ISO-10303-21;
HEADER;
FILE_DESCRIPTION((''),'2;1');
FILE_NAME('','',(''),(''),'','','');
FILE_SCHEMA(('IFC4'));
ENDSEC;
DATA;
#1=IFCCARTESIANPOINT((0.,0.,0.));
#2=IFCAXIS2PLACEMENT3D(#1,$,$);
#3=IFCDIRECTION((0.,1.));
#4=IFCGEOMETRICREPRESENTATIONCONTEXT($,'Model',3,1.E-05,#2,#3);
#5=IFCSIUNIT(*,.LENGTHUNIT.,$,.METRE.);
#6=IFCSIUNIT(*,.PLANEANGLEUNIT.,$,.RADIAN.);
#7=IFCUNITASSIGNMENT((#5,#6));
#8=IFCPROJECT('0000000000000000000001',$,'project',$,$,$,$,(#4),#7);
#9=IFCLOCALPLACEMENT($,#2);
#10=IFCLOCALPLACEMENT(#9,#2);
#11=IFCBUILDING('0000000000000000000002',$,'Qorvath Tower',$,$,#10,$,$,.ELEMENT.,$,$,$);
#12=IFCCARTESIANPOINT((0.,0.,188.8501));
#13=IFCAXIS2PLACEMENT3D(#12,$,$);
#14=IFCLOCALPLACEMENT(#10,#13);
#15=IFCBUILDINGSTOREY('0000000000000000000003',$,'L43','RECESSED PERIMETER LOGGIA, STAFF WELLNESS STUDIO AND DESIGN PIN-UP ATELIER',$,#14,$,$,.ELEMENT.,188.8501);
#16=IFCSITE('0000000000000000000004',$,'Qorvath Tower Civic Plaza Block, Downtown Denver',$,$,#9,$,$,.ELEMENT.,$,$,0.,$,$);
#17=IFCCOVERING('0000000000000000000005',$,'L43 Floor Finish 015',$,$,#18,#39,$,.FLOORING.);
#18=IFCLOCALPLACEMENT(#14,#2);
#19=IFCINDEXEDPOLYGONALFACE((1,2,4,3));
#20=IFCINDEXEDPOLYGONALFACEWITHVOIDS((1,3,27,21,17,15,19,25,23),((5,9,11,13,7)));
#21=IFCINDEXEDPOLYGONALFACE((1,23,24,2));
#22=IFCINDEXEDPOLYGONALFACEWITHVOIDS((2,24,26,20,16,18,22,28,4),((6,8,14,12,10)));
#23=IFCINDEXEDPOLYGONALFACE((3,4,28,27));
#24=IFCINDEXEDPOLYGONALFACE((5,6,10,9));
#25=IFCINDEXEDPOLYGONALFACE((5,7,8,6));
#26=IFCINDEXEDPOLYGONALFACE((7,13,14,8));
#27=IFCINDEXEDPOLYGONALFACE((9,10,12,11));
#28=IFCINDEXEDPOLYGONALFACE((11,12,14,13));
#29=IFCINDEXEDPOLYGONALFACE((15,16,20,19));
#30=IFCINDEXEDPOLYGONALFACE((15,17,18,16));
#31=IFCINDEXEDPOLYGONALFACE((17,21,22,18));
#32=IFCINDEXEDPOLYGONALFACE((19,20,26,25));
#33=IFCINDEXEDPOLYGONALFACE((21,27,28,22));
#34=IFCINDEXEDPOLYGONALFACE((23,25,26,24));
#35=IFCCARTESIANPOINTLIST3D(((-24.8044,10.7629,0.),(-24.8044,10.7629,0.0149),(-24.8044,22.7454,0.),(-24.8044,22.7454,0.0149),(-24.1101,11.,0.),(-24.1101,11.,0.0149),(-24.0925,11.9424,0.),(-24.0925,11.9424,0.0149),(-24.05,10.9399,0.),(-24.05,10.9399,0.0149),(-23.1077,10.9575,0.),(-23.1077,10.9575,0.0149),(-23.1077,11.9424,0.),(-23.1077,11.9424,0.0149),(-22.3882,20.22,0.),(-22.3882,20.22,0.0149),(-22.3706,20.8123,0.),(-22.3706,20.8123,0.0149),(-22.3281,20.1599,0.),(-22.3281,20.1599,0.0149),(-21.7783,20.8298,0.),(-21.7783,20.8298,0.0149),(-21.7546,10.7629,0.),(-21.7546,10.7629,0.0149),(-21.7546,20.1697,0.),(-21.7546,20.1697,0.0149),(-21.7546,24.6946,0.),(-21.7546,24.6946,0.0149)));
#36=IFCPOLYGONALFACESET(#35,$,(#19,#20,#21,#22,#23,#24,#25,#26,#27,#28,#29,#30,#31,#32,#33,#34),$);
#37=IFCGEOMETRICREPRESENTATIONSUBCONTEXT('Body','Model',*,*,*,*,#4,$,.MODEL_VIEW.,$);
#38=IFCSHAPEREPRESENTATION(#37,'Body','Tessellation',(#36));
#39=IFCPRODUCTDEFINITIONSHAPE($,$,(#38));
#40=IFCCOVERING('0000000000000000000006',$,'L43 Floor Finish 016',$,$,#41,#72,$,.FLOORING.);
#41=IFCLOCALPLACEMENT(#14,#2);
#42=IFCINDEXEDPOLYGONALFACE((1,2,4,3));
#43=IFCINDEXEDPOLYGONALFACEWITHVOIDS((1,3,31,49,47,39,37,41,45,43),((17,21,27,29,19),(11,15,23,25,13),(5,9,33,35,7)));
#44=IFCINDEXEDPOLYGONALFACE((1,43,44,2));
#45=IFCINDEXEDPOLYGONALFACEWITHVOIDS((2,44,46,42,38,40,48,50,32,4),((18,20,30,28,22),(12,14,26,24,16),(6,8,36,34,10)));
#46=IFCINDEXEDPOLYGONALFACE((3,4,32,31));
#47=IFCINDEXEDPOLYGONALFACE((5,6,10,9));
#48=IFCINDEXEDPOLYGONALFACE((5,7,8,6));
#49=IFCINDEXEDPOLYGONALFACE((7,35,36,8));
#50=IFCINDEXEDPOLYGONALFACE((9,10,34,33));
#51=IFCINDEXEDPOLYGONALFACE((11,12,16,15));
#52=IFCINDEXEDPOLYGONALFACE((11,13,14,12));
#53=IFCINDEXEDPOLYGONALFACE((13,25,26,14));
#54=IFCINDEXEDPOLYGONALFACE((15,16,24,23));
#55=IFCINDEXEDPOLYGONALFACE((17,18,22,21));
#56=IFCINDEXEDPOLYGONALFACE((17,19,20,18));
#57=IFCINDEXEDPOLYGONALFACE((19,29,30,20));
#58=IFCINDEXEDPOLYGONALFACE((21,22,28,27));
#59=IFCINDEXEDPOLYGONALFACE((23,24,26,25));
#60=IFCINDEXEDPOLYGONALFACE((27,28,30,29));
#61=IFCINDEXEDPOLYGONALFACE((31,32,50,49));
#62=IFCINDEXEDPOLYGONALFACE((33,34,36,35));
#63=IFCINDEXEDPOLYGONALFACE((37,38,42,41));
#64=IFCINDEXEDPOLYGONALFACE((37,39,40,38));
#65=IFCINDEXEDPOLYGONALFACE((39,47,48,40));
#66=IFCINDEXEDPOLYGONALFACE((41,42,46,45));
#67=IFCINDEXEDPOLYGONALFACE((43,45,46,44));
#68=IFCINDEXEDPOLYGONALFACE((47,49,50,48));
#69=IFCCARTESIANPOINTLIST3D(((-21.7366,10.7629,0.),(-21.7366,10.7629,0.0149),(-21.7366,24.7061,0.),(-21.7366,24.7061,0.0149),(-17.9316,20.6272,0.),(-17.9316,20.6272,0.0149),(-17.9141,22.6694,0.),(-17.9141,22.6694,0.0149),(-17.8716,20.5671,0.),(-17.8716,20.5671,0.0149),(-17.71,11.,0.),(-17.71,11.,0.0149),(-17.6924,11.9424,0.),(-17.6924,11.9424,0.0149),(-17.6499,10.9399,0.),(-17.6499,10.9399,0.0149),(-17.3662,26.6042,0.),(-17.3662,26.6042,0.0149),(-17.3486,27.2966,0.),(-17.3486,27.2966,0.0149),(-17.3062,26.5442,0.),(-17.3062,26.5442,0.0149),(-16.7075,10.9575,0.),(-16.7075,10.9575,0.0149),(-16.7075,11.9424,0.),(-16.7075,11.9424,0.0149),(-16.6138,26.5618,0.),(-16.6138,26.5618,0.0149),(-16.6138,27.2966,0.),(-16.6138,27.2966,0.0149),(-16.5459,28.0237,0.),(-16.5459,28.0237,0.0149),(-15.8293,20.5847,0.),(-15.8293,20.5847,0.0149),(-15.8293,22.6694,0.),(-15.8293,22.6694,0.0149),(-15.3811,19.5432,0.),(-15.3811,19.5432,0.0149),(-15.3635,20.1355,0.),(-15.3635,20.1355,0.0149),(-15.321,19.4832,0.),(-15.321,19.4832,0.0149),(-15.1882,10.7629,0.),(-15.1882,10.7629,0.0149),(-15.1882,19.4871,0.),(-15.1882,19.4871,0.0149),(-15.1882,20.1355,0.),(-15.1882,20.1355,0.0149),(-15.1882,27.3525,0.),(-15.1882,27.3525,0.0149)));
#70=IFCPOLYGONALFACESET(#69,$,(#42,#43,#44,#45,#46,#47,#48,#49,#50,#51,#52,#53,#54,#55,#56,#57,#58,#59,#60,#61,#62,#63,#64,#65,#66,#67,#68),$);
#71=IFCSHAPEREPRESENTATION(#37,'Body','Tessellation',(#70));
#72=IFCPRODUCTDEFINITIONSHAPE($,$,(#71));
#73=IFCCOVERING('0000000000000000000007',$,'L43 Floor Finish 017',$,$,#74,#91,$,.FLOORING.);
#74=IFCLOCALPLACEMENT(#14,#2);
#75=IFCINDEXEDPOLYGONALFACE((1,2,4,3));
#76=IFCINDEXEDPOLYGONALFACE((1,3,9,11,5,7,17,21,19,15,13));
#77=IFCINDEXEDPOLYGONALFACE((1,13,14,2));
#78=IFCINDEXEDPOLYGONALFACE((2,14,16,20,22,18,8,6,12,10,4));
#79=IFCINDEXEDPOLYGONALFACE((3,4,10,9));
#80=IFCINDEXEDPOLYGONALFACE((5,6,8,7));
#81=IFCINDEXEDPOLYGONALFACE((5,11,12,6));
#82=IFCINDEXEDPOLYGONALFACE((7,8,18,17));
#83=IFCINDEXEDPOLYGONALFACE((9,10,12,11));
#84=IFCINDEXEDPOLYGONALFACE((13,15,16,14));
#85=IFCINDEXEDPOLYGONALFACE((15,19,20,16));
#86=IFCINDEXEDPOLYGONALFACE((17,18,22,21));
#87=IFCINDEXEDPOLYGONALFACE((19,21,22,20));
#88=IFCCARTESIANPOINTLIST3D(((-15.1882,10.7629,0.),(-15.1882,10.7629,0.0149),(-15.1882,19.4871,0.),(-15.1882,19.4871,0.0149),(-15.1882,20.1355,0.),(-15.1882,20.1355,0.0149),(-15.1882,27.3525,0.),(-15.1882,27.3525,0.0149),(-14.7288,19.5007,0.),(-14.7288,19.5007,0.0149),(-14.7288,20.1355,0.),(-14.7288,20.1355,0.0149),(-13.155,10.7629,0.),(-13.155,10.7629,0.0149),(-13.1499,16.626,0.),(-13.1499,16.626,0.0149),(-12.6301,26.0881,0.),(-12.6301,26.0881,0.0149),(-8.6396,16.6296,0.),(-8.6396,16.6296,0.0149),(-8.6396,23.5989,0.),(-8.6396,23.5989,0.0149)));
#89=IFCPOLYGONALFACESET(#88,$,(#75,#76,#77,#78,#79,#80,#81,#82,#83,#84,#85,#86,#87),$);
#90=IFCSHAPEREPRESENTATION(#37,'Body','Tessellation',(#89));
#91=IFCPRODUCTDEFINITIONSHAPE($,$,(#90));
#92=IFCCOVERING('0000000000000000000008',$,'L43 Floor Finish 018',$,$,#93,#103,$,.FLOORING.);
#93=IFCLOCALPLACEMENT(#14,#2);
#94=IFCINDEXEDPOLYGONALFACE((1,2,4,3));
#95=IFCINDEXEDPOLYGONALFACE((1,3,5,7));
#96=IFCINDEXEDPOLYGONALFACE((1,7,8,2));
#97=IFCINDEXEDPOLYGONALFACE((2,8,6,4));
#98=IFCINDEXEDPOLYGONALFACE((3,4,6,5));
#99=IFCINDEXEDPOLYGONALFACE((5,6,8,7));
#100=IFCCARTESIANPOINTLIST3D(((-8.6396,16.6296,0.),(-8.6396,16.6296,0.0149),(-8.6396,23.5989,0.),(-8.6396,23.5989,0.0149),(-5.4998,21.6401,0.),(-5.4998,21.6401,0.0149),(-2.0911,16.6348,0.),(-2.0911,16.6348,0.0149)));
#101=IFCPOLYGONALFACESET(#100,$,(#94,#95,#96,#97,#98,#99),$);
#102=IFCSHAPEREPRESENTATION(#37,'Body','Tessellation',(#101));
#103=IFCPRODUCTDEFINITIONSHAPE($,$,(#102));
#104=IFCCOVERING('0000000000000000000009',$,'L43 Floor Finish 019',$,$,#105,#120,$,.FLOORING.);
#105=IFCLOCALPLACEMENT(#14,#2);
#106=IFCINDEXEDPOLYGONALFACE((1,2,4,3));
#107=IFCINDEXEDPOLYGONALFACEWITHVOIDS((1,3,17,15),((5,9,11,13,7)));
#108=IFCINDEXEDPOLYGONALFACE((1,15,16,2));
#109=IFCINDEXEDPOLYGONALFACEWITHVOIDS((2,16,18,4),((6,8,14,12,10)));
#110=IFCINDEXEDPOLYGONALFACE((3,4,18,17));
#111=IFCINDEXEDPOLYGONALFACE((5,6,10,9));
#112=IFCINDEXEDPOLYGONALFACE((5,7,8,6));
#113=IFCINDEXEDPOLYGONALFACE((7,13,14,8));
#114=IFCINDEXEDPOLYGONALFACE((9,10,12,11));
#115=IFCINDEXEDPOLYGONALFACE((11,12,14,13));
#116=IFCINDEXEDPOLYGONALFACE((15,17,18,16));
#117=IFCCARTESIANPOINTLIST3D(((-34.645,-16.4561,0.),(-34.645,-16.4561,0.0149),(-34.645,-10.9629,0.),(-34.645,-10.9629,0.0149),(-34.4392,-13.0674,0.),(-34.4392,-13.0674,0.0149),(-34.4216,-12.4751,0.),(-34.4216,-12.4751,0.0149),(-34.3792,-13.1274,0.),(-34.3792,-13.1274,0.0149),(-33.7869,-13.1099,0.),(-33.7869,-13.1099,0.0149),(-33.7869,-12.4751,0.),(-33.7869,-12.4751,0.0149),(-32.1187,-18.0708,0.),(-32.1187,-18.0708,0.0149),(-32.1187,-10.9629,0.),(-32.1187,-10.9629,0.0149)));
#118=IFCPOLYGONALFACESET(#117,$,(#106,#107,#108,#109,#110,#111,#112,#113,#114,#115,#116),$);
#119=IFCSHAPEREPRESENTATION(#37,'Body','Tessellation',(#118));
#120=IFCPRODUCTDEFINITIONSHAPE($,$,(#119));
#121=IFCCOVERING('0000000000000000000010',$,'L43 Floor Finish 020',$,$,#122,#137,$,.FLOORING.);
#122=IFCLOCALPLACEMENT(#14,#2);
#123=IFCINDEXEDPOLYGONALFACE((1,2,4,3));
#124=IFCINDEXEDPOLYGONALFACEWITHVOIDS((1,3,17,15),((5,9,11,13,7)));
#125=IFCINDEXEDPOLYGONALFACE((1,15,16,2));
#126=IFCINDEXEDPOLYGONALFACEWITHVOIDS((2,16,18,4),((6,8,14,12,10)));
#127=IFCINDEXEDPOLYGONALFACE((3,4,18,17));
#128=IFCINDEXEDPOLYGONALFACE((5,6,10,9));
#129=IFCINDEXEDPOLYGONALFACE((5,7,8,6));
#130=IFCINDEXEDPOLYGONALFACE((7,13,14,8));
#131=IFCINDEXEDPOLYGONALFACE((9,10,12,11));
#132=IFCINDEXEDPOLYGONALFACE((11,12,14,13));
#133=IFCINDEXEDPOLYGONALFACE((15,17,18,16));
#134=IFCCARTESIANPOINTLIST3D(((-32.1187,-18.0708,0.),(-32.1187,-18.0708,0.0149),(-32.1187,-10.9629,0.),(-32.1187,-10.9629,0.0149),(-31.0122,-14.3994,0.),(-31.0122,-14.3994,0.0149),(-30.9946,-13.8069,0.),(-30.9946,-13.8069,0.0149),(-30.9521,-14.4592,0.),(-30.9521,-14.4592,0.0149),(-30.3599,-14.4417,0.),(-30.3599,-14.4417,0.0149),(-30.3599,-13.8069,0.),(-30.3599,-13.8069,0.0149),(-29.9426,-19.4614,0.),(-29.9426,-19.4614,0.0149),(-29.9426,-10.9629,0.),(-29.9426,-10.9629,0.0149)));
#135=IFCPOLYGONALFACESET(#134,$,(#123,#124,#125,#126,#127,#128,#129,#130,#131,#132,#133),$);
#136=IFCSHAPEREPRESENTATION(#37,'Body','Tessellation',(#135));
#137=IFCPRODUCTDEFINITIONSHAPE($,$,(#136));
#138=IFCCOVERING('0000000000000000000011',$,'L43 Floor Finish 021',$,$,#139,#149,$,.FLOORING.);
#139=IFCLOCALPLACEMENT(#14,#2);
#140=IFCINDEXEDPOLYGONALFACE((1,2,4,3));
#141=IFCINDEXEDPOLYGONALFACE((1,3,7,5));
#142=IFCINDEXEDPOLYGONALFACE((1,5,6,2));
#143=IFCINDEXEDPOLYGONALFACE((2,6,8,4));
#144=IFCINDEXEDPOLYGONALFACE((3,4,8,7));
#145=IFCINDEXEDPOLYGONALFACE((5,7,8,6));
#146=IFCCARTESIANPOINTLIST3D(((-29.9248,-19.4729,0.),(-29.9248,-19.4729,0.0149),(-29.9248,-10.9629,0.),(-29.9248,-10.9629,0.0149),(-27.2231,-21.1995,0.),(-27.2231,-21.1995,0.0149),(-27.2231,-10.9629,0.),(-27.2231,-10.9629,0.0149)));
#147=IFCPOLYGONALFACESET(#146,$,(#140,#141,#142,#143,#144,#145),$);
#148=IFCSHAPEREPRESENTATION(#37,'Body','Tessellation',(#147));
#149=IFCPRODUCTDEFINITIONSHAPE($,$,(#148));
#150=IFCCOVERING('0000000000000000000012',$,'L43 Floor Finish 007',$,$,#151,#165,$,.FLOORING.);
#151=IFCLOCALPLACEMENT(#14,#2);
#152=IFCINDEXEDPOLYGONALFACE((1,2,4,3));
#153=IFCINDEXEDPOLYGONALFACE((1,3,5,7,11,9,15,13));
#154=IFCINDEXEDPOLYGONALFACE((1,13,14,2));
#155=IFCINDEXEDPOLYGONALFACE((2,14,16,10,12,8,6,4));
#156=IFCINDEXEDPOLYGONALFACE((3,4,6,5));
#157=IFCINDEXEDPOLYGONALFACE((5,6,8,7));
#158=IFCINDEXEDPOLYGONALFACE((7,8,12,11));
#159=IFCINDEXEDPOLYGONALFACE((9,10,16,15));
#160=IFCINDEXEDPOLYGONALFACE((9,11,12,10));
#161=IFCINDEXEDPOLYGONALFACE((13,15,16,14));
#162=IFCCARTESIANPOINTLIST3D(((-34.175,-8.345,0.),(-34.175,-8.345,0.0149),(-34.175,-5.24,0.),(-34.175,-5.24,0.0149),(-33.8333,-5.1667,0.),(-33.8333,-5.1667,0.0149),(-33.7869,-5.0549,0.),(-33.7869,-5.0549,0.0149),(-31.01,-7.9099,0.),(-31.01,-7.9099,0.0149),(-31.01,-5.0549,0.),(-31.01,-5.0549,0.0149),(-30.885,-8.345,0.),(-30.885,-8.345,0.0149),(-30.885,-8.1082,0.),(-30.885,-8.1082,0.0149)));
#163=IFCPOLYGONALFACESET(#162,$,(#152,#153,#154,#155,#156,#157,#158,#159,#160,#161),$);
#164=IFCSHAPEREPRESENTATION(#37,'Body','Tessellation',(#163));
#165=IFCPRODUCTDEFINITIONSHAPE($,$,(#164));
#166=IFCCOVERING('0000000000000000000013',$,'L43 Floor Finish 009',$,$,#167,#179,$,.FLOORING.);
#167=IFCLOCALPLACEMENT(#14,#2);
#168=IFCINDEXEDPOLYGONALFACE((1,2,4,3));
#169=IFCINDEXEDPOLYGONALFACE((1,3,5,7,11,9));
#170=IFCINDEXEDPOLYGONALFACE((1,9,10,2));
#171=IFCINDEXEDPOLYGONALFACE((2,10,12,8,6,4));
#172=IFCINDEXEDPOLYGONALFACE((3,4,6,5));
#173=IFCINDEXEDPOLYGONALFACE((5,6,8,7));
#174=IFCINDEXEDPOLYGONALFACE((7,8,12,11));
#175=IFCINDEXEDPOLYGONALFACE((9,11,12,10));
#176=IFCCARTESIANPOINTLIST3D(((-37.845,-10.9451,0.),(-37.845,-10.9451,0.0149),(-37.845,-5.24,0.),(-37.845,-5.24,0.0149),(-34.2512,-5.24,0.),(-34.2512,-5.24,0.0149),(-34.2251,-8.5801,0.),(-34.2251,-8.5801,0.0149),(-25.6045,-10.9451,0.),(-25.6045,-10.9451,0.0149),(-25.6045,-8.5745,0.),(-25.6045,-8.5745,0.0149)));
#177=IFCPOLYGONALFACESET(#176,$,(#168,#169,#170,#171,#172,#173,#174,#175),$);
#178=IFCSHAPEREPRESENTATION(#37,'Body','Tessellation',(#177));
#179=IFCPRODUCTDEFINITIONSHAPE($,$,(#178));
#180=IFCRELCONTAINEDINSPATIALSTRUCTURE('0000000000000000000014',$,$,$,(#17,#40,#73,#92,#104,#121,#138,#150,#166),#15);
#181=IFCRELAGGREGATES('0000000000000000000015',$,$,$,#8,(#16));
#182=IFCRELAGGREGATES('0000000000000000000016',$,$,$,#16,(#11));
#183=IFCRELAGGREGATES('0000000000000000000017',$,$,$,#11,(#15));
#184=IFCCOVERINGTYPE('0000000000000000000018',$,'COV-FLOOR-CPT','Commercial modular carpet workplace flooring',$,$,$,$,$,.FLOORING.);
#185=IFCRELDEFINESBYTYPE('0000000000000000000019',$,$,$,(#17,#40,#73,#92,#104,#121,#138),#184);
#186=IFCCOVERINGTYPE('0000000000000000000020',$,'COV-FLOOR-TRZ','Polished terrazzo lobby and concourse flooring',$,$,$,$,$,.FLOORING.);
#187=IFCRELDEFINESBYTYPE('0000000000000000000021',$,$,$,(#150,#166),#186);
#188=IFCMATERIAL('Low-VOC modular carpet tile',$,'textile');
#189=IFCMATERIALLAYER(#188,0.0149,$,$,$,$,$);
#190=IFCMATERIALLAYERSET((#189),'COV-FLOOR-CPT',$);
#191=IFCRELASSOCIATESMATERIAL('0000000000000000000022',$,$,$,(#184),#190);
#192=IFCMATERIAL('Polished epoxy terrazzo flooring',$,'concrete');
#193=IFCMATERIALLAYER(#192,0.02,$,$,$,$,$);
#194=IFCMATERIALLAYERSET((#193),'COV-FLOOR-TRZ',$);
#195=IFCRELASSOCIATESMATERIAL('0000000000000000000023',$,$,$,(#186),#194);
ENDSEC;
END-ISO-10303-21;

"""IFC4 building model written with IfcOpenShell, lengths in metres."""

from ifc_helpers import new_model, si_unit, direction, frame, origin, place, context, subcontext, project, spatial, polyline, outline, extrude, material, layer, layer_set, type_object, element, save


model = new_model("IFC4")

# Units and contexts
model_context = context("Model", 3, precision=1e-05, world=origin(), true_north=direction((0.0, 1.0)))
body_context = subcontext(model_context, "Body", "Model", "MODEL_VIEW")
ifc_project = project(units=[si_unit("LENGTHUNIT", "METRE"), si_unit("PLANEANGLEUNIT", "RADIAN")], contexts=[model_context])

# Site, building, storey
site_placement = place(None, origin())
site = spatial("IfcSite", under=ifc_project, at=site_placement, Name="Qorvath Tower Civic Plaza Block, Downtown Denver", CompositionType="ELEMENT", RefElevation=0.0)
building_placement = place(site_placement, origin())
building = spatial("IfcBuilding", under=site, at=building_placement, Name="Qorvath Tower", CompositionType="ELEMENT")
storey_placement = place(building_placement, frame((0.0, 0.0, 188.8501)))
storey = spatial("IfcBuildingStorey", under=building, at=storey_placement, Name="L43", Description="RECESSED PERIMETER LOGGIA, STAFF WELLNESS STUDIO AND DESIGN PIN-UP ATELIER", CompositionType="ELEMENT", Elevation=188.8501)

# Coverings
ifc_material_1 = material(Name="Low-VOC modular carpet tile", Category="textile")
ifc_layer_1 = layer(ifc_material_1, 0.0149)
ifc_layer_set_1 = layer_set([ifc_layer_1], Name="COV-FLOOR-CPT")
covering_type_1 = type_object("IfcCoveringType", Name="COV-FLOOR-CPT", Description="Commercial modular carpet workplace flooring", PredefinedType="FLOORING", material=ifc_layer_set_1)
covering_1_placement = place(storey_placement, origin())
element("IfcCovering", 1, at=covering_1_placement, inside=storey, type_object=covering_type_1, Name="L43 Floor Finish 015", PredefinedType="FLOORING", context=body_context, shape_type="SweptSolid", body=[
    extrude(outline(polyline([(-21.7783, 20.8298), (-21.7546, 24.6946), (-24.8044, 22.7454), (-24.8044, 10.7629), (-21.7546, 10.7629), (-21.7546, 20.1697), (-22.3281, 20.1599), (-22.3882, 20.22), (-22.3706, 20.8123), (-21.7783, 20.8298)]), holes=[polyline([(-24.1101, 11.0), (-24.0925, 11.9424), (-23.1077, 11.9424), (-23.1077, 10.9575), (-24.05, 10.9399), (-24.1101, 11.0)])]), origin(), (0.0, 0.0, 1.0), 0.0149),
])
covering_2_placement = place(storey_placement, origin())
element("IfcCovering", 2, at=covering_2_placement, inside=storey, type_object=covering_type_1, Name="L43 Floor Finish 016", PredefinedType="FLOORING", context=body_context, shape_type="SweptSolid", body=[
    extrude(outline(polyline([(-21.7366, 10.7629), (-15.1882, 10.7629), (-15.1882, 19.4871), (-15.321, 19.4832), (-15.3811, 19.5432), (-15.3635, 20.1355), (-15.1882, 20.1355), (-15.1882, 27.3525), (-16.5459, 28.0237), (-21.7366, 24.7061), (-21.7366, 10.7629)]), holes=[polyline([(-17.9316, 20.6272), (-17.9141, 22.6694), (-15.8293, 22.6694), (-15.8293, 20.5847), (-17.8716, 20.5671), (-17.9316, 20.6272)]), polyline([(-17.3662, 26.6042), (-17.3486, 27.2966), (-16.6138, 27.2966), (-16.6138, 26.5618), (-17.3062, 26.5442), (-17.3662, 26.6042)]), polyline([(-17.71, 11.0), (-17.6924, 11.9424), (-16.7075, 11.9424), (-16.7075, 10.9575), (-17.6499, 10.9399), (-17.71, 11.0)])]), origin(), (0.0, 0.0, 1.0), 0.0149),
])
covering_3_placement = place(storey_placement, origin())
element("IfcCovering", 3, at=covering_3_placement, inside=storey, type_object=covering_type_1, Name="L43 Floor Finish 017", PredefinedType="FLOORING", context=body_context, shape_type="SweptSolid", body=[
    extrude(outline(polyline([(-15.1882, 27.3525), (-15.1882, 20.1355), (-14.7288, 20.1355), (-14.7288, 19.5007), (-15.1882, 19.4871), (-15.1882, 10.7629), (-13.155, 10.7629), (-13.1499, 16.626), (-8.6396, 16.6296), (-8.6396, 23.5989), (-12.6301, 26.0881), (-15.1882, 27.3525)])), origin(), (0.0, 0.0, 1.0), 0.0149),
])
covering_4_placement = place(storey_placement, origin())
element("IfcCovering", 4, at=covering_4_placement, inside=storey, type_object=covering_type_1, Name="L43 Floor Finish 018", PredefinedType="FLOORING", context=body_context, shape_type="SweptSolid", body=[
    extrude(outline(polyline([(-8.6396, 23.5989), (-8.6396, 16.6296), (-2.0911, 16.6348), (-5.4998, 21.6401), (-8.6396, 23.5989)])), origin(), (0.0, 0.0, 1.0), 0.0149),
])
covering_5_placement = place(storey_placement, origin())
element("IfcCovering", 5, at=covering_5_placement, inside=storey, type_object=covering_type_1, Name="L43 Floor Finish 019", PredefinedType="FLOORING", context=body_context, shape_type="SweptSolid", body=[
    extrude(outline(polyline([(-34.645, -10.9629), (-34.645, -16.4561), (-32.1187, -18.0708), (-32.1187, -10.9629), (-34.645, -10.9629)]), holes=[polyline([(-34.4392, -13.0674), (-34.4216, -12.4751), (-33.7869, -12.4751), (-33.7869, -13.1099), (-34.3792, -13.1274), (-34.4392, -13.0674)])]), origin(), (0.0, 0.0, 1.0), 0.0149),
])
covering_6_placement = place(storey_placement, origin())
element("IfcCovering", 6, at=covering_6_placement, inside=storey, type_object=covering_type_1, Name="L43 Floor Finish 020", PredefinedType="FLOORING", context=body_context, shape_type="SweptSolid", body=[
    extrude(outline(polyline([(-32.1187, -10.9629), (-32.1187, -18.0708), (-29.9426, -19.4614), (-29.9426, -10.9629), (-32.1187, -10.9629)]), holes=[polyline([(-31.0122, -14.3994), (-30.9946, -13.8069), (-30.3599, -13.8069), (-30.3599, -14.4417), (-30.9521, -14.4592), (-31.0122, -14.3994)])]), origin(), (0.0, 0.0, 1.0), 0.0149),
])
covering_7_placement = place(storey_placement, origin())
element("IfcCovering", 7, at=covering_7_placement, inside=storey, type_object=covering_type_1, Name="L43 Floor Finish 021", PredefinedType="FLOORING", context=body_context, shape_type="SweptSolid", body=[
    extrude(outline(polyline([(-27.2231, -21.1995), (-27.2231, -10.9629), (-29.9248, -10.9629), (-29.9248, -19.4729), (-27.2231, -21.1995)])), origin(), (0.0, 0.0, 1.0), 0.0149),
])
ifc_material_2 = material(Name="Polished epoxy terrazzo flooring", Category="concrete")
ifc_layer_2 = layer(ifc_material_2, 0.02)
ifc_layer_set_2 = layer_set([ifc_layer_2], Name="COV-FLOOR-TRZ")
covering_type_2 = type_object("IfcCoveringType", Name="COV-FLOOR-TRZ", Description="Polished terrazzo lobby and concourse flooring", PredefinedType="FLOORING", material=ifc_layer_set_2)
covering_8_placement = place(storey_placement, origin())
element("IfcCovering", 8, at=covering_8_placement, inside=storey, type_object=covering_type_2, Name="L43 Floor Finish 007", PredefinedType="FLOORING", context=body_context, shape_type="SweptSolid", body=[
    extrude(outline(polyline([(-30.885, -8.1082), (-31.01, -7.9099), (-31.01, -5.0549), (-33.7869, -5.0549), (-33.8333, -5.1667), (-34.175, -5.24), (-34.175, -8.345), (-30.885, -8.345), (-30.885, -8.1082)])), origin(), (0.0, 0.0, 1.0), 0.0149),
])
covering_9_placement = place(storey_placement, origin())
element("IfcCovering", 9, at=covering_9_placement, inside=storey, type_object=covering_type_2, Name="L43 Floor Finish 009", PredefinedType="FLOORING", context=body_context, shape_type="SweptSolid", body=[
    extrude(outline(polyline([(-34.2251, -8.5801), (-34.2512, -5.24), (-37.845, -5.24), (-37.845, -10.9451), (-25.6045, -10.9451), (-25.6045, -8.5745), (-34.2251, -8.5801)])), origin(), (0.0, 0.0, 1.0), 0.0149),
])

save(model, "model.ifc")
